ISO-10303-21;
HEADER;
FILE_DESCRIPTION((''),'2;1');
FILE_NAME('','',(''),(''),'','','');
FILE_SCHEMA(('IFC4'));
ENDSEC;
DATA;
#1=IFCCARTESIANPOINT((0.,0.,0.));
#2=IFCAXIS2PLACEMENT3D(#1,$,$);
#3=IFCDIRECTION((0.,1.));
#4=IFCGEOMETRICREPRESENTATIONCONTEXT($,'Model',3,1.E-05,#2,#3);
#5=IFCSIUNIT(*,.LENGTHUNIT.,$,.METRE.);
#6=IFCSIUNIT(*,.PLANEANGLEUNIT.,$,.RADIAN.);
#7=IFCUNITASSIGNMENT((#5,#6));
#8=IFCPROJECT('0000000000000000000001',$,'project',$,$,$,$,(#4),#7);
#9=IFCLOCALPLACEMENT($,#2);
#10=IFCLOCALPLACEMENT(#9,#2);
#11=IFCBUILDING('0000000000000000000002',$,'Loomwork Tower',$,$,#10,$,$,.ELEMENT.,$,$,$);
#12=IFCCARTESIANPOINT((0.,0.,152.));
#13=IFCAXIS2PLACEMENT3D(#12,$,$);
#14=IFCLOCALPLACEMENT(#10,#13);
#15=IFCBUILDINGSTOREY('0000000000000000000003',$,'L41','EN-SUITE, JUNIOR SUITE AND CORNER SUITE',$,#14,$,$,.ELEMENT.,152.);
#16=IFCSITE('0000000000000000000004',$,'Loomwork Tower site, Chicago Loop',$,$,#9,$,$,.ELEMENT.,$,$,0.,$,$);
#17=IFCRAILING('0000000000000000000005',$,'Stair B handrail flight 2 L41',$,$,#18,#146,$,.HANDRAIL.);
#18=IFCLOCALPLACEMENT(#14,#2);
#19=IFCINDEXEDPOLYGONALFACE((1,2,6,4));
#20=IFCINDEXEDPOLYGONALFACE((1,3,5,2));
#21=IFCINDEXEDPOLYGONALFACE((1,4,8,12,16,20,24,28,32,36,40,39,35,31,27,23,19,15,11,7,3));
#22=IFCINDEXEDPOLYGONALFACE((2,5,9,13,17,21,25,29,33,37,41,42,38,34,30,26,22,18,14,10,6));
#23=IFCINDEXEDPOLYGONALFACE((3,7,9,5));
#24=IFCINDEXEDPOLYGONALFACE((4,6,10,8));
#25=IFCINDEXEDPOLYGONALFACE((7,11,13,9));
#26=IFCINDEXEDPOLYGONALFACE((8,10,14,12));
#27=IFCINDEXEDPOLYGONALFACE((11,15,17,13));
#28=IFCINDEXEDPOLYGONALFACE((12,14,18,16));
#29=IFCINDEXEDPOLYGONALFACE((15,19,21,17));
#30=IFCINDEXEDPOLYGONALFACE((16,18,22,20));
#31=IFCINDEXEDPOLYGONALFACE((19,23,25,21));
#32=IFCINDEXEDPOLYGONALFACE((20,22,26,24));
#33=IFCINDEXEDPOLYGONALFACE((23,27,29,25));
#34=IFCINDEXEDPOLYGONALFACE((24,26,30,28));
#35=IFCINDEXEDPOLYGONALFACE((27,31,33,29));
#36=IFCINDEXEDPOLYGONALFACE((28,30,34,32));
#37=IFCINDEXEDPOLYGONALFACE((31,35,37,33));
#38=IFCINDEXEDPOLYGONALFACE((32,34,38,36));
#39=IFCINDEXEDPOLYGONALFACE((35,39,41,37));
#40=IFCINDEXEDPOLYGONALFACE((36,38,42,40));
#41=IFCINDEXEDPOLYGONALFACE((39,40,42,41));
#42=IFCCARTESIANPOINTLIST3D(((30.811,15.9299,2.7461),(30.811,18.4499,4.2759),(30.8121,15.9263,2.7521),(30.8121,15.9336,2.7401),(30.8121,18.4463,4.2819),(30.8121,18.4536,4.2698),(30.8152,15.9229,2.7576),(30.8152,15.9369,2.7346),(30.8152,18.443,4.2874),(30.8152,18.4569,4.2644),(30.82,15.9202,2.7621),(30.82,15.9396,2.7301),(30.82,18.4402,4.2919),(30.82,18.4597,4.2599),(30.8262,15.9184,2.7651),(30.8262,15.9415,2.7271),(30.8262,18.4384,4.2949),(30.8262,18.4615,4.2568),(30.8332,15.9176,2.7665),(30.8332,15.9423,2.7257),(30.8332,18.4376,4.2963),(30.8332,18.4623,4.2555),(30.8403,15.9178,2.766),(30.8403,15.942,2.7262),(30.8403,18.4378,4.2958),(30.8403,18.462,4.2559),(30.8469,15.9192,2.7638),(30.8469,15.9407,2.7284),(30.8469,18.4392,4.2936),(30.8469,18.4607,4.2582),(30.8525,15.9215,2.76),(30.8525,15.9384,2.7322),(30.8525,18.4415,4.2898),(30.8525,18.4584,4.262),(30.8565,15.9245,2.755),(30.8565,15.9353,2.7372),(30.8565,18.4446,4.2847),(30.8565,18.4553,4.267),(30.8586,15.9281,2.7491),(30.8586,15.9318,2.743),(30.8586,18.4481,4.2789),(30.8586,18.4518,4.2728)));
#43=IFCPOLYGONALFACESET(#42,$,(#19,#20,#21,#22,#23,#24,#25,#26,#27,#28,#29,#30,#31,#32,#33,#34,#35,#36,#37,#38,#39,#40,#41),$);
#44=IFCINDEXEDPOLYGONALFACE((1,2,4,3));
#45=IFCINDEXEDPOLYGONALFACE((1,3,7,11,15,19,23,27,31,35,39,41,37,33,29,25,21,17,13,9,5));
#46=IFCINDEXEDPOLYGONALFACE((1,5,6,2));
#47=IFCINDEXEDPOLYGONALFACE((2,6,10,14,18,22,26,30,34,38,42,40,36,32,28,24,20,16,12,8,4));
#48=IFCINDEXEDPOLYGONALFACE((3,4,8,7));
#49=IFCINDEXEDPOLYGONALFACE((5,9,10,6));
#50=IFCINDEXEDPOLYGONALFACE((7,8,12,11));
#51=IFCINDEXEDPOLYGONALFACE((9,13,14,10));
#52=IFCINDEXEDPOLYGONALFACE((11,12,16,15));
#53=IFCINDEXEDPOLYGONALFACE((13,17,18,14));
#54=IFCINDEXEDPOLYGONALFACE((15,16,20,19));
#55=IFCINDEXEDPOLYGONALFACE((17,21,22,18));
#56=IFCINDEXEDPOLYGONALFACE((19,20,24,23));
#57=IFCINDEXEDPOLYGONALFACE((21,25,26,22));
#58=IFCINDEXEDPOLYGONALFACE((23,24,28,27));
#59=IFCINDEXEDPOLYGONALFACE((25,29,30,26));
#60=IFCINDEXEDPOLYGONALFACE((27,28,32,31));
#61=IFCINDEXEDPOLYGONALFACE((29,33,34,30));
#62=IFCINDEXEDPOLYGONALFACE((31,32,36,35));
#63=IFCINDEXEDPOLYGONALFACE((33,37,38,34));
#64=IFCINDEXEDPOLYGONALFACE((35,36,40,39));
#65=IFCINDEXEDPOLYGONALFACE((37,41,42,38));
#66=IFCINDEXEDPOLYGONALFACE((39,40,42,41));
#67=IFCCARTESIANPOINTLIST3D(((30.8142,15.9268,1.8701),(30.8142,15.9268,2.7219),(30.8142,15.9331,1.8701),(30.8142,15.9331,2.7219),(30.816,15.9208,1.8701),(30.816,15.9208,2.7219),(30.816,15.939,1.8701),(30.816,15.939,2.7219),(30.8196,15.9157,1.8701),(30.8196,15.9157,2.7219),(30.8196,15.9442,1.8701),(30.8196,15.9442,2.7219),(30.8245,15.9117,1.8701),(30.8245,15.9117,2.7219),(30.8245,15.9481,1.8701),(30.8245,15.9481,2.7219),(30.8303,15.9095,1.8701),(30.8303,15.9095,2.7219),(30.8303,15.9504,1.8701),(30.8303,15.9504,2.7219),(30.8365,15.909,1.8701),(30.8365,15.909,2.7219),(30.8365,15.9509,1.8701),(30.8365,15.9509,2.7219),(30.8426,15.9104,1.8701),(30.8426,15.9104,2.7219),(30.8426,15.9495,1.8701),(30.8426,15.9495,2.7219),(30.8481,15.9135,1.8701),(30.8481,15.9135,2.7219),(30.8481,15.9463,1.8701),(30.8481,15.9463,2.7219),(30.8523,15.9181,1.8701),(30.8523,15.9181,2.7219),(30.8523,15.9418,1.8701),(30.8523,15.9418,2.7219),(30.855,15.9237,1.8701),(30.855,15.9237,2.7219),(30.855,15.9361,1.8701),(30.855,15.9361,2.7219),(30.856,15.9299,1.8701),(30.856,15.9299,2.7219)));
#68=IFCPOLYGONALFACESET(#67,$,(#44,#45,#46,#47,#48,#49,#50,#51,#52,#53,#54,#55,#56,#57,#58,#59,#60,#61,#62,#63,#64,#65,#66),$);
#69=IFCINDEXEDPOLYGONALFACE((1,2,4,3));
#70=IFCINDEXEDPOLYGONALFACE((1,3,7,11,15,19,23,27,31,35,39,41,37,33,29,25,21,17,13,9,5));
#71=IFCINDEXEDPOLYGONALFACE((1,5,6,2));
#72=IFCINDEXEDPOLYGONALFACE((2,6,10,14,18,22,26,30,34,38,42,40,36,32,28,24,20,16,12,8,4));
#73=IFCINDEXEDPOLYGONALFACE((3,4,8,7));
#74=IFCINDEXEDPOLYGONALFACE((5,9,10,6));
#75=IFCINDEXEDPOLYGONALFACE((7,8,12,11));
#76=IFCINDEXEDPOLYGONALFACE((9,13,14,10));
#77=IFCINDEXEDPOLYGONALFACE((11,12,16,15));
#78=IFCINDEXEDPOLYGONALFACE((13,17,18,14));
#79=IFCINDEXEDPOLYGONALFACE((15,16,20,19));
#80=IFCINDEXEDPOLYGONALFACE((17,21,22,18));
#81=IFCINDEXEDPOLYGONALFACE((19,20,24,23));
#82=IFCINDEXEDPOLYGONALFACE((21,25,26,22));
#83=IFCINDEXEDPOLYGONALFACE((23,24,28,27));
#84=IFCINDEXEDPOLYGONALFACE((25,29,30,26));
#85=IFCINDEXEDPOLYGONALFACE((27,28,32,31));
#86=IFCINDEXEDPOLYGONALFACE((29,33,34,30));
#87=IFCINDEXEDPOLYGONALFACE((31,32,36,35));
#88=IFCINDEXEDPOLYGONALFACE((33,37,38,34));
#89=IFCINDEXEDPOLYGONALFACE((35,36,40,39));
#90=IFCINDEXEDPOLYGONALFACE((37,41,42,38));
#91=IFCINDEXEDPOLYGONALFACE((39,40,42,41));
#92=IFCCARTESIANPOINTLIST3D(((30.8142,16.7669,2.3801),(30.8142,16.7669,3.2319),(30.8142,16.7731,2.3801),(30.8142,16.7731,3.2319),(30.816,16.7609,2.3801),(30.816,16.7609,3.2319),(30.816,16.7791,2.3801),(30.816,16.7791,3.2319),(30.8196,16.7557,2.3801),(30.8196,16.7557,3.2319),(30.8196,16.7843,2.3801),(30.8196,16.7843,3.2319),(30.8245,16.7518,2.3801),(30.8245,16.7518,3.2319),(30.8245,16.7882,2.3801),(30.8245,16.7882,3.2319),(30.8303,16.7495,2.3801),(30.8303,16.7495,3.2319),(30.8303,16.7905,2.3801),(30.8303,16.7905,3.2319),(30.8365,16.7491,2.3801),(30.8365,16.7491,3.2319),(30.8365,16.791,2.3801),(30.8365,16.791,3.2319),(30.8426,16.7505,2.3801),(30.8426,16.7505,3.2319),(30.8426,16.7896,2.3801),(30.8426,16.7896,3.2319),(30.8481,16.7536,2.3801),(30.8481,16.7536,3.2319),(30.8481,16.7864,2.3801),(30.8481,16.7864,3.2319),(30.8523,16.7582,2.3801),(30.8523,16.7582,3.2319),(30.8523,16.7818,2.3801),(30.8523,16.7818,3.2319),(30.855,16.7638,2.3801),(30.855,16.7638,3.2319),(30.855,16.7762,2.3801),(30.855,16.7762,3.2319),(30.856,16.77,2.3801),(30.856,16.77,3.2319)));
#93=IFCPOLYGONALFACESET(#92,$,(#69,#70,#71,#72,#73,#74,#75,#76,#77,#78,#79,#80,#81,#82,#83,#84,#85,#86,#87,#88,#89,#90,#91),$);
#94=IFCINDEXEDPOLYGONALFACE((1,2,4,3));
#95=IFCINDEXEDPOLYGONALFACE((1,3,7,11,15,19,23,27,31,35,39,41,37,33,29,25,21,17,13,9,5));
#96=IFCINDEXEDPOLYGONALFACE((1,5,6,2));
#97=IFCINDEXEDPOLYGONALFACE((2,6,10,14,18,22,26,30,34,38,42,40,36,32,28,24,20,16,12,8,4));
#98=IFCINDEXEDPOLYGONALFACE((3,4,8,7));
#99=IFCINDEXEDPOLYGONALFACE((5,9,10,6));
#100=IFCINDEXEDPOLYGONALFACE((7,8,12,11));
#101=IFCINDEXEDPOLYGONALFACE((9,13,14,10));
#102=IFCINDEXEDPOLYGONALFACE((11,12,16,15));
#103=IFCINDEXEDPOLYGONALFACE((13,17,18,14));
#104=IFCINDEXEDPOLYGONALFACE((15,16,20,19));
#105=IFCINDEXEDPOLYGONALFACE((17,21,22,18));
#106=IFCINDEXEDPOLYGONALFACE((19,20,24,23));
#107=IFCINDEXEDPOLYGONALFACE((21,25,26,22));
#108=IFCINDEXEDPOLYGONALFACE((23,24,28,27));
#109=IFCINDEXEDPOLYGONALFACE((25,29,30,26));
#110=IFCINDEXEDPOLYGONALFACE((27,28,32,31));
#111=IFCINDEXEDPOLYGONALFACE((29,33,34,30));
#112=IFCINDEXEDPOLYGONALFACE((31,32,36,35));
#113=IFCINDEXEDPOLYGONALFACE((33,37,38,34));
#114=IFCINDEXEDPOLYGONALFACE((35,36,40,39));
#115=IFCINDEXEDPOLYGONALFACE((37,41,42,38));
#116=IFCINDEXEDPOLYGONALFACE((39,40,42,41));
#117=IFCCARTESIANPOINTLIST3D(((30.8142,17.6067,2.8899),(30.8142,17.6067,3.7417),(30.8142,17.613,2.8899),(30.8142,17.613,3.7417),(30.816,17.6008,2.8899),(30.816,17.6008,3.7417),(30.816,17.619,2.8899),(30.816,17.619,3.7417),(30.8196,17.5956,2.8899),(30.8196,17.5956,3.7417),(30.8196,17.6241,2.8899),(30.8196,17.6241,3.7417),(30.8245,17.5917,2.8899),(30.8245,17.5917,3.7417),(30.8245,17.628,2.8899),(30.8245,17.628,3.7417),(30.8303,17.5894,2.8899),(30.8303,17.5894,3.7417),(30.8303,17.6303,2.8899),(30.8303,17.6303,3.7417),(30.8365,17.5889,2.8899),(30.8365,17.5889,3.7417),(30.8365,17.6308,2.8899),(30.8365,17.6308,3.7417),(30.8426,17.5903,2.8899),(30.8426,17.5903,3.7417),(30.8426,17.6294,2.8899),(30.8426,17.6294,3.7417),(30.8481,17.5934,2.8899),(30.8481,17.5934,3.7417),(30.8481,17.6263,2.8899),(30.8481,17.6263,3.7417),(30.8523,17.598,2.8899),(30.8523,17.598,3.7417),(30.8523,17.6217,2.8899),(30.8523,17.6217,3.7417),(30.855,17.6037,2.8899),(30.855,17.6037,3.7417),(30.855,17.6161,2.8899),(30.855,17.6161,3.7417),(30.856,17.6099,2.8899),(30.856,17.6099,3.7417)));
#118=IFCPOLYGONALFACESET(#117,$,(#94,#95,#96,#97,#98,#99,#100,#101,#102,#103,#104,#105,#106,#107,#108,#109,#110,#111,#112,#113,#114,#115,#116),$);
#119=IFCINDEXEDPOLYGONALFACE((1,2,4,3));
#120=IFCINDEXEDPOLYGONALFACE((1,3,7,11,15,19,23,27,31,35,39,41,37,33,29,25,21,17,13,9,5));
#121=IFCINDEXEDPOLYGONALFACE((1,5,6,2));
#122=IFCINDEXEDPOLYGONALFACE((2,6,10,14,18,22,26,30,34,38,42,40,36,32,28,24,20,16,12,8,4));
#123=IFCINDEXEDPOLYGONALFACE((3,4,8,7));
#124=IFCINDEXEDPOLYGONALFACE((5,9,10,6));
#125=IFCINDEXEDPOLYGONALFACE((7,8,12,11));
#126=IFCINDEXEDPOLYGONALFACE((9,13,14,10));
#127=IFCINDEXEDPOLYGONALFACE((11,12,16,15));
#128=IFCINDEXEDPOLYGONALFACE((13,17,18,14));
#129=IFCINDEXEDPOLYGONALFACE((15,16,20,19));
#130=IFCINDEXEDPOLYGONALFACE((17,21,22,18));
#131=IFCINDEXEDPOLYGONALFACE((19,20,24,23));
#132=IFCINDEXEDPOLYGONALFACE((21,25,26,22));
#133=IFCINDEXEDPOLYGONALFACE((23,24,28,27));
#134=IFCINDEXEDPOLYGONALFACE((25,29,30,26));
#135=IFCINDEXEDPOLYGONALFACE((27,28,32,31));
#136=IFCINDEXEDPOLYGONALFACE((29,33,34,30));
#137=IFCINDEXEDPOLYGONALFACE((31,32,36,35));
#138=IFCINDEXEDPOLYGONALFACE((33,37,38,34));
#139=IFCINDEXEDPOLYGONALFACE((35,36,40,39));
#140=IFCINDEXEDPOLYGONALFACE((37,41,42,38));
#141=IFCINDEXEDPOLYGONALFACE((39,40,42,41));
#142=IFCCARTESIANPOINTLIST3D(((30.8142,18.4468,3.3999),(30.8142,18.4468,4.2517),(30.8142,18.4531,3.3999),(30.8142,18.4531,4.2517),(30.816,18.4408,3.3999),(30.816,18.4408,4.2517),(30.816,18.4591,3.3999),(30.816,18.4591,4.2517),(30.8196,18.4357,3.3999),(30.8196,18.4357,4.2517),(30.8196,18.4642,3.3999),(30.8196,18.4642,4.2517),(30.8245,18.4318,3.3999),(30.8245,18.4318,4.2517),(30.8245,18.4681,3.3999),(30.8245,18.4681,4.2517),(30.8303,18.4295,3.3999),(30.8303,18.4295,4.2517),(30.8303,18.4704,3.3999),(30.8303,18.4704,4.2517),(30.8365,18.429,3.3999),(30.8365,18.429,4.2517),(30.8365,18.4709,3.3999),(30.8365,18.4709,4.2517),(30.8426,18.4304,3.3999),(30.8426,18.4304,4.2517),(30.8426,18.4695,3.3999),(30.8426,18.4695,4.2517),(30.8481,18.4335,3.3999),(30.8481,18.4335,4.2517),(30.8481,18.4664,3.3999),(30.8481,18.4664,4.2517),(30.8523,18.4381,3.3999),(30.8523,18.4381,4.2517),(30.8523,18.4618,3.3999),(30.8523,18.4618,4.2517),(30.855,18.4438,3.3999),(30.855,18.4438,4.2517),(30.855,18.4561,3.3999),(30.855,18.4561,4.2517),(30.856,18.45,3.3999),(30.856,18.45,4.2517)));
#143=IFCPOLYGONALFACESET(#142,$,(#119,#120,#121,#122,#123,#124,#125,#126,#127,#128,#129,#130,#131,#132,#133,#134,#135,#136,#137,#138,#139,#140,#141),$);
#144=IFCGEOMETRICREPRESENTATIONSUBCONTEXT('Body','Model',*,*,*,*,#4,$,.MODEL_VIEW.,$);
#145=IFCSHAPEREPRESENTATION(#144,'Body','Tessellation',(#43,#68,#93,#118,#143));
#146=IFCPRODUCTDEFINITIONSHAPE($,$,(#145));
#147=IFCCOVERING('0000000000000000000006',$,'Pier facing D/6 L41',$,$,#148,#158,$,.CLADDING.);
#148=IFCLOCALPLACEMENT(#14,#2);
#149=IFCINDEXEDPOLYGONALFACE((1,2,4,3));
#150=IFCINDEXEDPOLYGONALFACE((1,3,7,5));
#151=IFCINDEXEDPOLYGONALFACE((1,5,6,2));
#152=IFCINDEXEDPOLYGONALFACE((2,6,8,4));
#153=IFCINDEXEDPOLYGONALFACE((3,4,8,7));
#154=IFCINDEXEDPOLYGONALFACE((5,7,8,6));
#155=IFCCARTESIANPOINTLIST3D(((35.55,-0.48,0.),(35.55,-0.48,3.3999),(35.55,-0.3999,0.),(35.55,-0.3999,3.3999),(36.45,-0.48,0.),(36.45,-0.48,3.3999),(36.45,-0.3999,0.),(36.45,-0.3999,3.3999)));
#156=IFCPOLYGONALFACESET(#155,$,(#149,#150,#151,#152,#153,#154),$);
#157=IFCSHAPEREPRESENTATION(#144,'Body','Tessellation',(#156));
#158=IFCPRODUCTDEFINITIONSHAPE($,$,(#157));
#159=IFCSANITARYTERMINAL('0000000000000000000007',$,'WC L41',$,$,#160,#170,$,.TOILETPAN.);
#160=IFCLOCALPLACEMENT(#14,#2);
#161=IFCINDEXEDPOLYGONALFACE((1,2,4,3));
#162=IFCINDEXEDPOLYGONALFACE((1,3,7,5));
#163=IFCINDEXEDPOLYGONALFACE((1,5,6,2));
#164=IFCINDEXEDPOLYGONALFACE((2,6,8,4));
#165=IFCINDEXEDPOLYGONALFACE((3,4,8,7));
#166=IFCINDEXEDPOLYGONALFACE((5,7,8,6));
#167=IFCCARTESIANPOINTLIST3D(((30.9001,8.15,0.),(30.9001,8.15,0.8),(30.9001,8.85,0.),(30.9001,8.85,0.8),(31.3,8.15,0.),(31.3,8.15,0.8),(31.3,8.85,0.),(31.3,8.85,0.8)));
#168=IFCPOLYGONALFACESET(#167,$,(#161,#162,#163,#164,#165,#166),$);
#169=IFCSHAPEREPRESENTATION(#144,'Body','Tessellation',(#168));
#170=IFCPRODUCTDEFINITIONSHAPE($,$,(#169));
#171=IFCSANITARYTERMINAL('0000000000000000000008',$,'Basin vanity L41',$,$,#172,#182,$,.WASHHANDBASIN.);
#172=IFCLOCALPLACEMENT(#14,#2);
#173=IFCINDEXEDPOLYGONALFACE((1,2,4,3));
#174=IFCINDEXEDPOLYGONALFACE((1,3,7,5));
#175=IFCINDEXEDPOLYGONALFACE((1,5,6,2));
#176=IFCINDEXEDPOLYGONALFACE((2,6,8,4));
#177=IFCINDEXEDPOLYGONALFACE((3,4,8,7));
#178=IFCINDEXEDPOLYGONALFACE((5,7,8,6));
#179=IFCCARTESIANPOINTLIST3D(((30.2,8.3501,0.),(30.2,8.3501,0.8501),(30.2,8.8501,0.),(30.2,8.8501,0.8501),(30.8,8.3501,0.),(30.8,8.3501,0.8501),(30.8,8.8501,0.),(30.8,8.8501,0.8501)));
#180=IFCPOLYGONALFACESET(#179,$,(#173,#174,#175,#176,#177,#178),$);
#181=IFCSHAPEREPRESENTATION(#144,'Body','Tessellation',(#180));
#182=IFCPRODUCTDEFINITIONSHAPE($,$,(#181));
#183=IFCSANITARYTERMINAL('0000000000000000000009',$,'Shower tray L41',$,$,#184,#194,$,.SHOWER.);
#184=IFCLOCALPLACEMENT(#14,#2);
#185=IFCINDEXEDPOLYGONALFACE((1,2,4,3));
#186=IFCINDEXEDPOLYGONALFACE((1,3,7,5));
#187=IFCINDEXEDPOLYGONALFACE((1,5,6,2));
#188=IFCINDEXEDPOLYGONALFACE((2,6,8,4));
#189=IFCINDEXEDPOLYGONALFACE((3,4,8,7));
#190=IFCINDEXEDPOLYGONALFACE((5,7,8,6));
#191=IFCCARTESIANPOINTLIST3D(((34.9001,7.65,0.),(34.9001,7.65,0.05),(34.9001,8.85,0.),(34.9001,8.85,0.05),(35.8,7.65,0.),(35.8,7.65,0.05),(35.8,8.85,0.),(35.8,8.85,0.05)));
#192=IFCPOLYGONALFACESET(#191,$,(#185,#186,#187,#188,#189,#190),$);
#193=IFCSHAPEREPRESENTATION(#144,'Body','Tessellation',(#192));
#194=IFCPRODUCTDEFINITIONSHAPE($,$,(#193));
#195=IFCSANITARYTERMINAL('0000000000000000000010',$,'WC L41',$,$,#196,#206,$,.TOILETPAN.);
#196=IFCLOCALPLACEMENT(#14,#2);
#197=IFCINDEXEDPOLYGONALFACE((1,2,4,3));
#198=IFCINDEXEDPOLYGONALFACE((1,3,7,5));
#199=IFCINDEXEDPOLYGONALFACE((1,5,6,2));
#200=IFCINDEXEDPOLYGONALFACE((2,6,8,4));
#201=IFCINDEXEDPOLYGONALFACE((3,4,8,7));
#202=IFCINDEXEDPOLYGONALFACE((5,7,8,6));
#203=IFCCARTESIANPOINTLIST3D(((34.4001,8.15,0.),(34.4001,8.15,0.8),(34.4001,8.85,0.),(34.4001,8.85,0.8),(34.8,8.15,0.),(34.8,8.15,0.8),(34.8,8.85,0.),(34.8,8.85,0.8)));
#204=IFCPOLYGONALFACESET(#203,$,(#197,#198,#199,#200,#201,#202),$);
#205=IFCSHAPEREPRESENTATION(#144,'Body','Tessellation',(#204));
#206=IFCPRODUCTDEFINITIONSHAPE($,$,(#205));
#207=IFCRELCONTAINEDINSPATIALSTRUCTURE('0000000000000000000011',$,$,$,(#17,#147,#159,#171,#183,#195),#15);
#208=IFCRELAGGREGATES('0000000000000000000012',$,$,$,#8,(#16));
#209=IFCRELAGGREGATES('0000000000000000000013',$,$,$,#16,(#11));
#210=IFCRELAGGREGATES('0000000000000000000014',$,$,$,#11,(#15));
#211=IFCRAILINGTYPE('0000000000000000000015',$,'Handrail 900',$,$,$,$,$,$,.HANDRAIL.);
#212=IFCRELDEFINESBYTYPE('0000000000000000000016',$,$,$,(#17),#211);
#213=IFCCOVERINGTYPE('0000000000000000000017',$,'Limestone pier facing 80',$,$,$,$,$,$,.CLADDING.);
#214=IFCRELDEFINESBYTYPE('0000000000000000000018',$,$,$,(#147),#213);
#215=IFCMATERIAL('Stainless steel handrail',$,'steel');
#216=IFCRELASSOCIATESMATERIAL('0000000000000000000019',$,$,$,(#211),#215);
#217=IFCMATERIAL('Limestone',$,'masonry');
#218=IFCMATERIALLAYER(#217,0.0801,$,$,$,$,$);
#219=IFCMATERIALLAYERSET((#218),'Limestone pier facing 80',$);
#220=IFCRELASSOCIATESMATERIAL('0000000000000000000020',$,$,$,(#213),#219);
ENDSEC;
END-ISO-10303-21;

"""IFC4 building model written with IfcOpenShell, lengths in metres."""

from ifc_helpers import new_model, si_unit, direction, frame, origin, origin_2d, place, context, subcontext, project, spatial, rectangle, circle, extrude, material, layer, layer_set, type_object, element, save


model = new_model("IFC4")

# Units and contexts
model_context = context("Model", 3, precision=1e-05, world=origin(), true_north=direction((0.0, 1.0)))
body_context = subcontext(model_context, "Body", "Model", "MODEL_VIEW")
ifc_project = project(units=[si_unit("LENGTHUNIT", "METRE"), si_unit("PLANEANGLEUNIT", "RADIAN")], contexts=[model_context])

# Site, building, storey
site_placement = place(None, origin())
site = spatial("IfcSite", under=ifc_project, at=site_placement, Name="Loomwork Tower site, Chicago Loop", CompositionType="ELEMENT", RefElevation=0.0)
building_placement = place(site_placement, origin())
building = spatial("IfcBuilding", under=site, at=building_placement, Name="Loomwork Tower", CompositionType="ELEMENT")
storey_placement = place(building_placement, frame((0.0, 0.0, 152.0)))
storey = spatial("IfcBuildingStorey", under=building, at=storey_placement, Name="L41", Description="EN-SUITE, JUNIOR SUITE AND CORNER SUITE", CompositionType="ELEMENT", Elevation=152.0)

# Railing
ifc_material_1 = material(Name="Stainless steel handrail", Category="steel")
railing_type = type_object("IfcRailingType", Name="Handrail 900", PredefinedType="HANDRAIL", material=ifc_material_1)
railing_placement = place(storey_placement, frame((30.835, 15.9299, 1.8701)))
element("IfcRailing", 1, at=railing_placement, inside=storey, type_object=railing_type, Name="Stair B handrail flight 2 L41", PredefinedType="HANDRAIL", context=body_context, shape_type="SweptSolid", body=[
    extrude(circle(Radius=0.0239, at=origin_2d()), frame((0.0, 0.0, 0.876), z_axis=(0.0, 0.854822, 0.518922), x_axis=(-1.0, 0.0, 0.0)), (0.0, 0.0, 1.0), 2.948),
    extrude(circle(Radius=0.021, at=origin_2d()), origin(), (0.0, 0.0, 1.0), 0.8518),
    extrude(circle(Radius=0.021, at=origin_2d()), frame((0.0, 0.8401, 0.51)), (0.0, 0.0, 1.0), 0.8518),
    extrude(circle(Radius=0.021, at=origin_2d()), frame((0.0, 1.6799, 1.0198)), (0.0, 0.0, 1.0), 0.8518),
    extrude(circle(Radius=0.021, at=origin_2d()), frame((0.0, 2.52, 1.5298)), (0.0, 0.0, 1.0), 0.8518),
])

# Covering
ifc_material_2 = material(Name="Limestone", Category="masonry")
ifc_layer_1 = layer(ifc_material_2, 0.0801)
ifc_layer_set_1 = layer_set([ifc_layer_1], Name="Limestone pier facing 80")
covering_type = type_object("IfcCoveringType", Name="Limestone pier facing 80", PredefinedType="CLADDING", material=ifc_layer_set_1)
covering_placement = place(storey_placement, frame((36.0, -0.4399, 0.0), z_axis=(0.0, 0.0, 1.0), x_axis=(1.0, 0.0, 0.0)))
element("IfcCovering", 2, at=covering_placement, inside=storey, type_object=covering_type, Name="Pier facing D/6 L41", PredefinedType="CLADDING", context=body_context, shape_type="SweptSolid", body=[
    extrude(rectangle(XDim=0.8999, YDim=0.0801, at=origin_2d()), origin(), (0.0, 0.0, 1.0), 3.3999),
])

# Sanitary terminals
sanitary_terminal_1_placement = place(storey_placement, frame((31.1001, 8.5, 0.0), z_axis=(0.0, 0.0, 1.0), x_axis=(1.0, 0.0, 0.0)))
element("IfcSanitaryTerminal", 3, at=sanitary_terminal_1_placement, inside=storey, Name="WC L41", PredefinedType="TOILETPAN", context=body_context, shape_type="SweptSolid", body=[
    extrude(rectangle(XDim=0.3999, YDim=0.7, at=origin_2d()), origin(), (0.0, 0.0, 1.0), 0.8),
])
sanitary_terminal_2_placement = place(storey_placement, frame((30.5, 8.6001, 0.0), z_axis=(0.0, 0.0, 1.0), x_axis=(1.0, 0.0, 0.0)))
element("IfcSanitaryTerminal", 4, at=sanitary_terminal_2_placement, inside=storey, Name="Basin vanity L41", PredefinedType="WASHHANDBASIN", context=body_context, shape_type="SweptSolid", body=[
    extrude(rectangle(XDim=0.6001, YDim=0.5, at=origin_2d()), origin(), (0.0, 0.0, 1.0), 0.8501),
])
sanitary_terminal_3_placement = place(storey_placement, frame((35.3501, 8.25, 0.0), z_axis=(0.0, 0.0, 1.0), x_axis=(1.0, 0.0, 0.0)))
element("IfcSanitaryTerminal", 5, at=sanitary_terminal_3_placement, inside=storey, Name="Shower tray L41", PredefinedType="SHOWER", context=body_context, shape_type="SweptSolid", body=[
    extrude(rectangle(XDim=0.8999, YDim=1.2, at=origin_2d()), origin(), (0.0, 0.0, 1.0), 0.05),
])
sanitary_terminal_4_placement = place(storey_placement, frame((34.6001, 8.5, 0.0), z_axis=(0.0, 0.0, 1.0), x_axis=(1.0, 0.0, 0.0)))
element("IfcSanitaryTerminal", 6, at=sanitary_terminal_4_placement, inside=storey, Name="WC L41", PredefinedType="TOILETPAN", context=body_context, shape_type="SweptSolid", body=[
    extrude(rectangle(XDim=0.3999, YDim=0.7, at=origin_2d()), origin(), (0.0, 0.0, 1.0), 0.8),
])

save(model, "model.ifc")
